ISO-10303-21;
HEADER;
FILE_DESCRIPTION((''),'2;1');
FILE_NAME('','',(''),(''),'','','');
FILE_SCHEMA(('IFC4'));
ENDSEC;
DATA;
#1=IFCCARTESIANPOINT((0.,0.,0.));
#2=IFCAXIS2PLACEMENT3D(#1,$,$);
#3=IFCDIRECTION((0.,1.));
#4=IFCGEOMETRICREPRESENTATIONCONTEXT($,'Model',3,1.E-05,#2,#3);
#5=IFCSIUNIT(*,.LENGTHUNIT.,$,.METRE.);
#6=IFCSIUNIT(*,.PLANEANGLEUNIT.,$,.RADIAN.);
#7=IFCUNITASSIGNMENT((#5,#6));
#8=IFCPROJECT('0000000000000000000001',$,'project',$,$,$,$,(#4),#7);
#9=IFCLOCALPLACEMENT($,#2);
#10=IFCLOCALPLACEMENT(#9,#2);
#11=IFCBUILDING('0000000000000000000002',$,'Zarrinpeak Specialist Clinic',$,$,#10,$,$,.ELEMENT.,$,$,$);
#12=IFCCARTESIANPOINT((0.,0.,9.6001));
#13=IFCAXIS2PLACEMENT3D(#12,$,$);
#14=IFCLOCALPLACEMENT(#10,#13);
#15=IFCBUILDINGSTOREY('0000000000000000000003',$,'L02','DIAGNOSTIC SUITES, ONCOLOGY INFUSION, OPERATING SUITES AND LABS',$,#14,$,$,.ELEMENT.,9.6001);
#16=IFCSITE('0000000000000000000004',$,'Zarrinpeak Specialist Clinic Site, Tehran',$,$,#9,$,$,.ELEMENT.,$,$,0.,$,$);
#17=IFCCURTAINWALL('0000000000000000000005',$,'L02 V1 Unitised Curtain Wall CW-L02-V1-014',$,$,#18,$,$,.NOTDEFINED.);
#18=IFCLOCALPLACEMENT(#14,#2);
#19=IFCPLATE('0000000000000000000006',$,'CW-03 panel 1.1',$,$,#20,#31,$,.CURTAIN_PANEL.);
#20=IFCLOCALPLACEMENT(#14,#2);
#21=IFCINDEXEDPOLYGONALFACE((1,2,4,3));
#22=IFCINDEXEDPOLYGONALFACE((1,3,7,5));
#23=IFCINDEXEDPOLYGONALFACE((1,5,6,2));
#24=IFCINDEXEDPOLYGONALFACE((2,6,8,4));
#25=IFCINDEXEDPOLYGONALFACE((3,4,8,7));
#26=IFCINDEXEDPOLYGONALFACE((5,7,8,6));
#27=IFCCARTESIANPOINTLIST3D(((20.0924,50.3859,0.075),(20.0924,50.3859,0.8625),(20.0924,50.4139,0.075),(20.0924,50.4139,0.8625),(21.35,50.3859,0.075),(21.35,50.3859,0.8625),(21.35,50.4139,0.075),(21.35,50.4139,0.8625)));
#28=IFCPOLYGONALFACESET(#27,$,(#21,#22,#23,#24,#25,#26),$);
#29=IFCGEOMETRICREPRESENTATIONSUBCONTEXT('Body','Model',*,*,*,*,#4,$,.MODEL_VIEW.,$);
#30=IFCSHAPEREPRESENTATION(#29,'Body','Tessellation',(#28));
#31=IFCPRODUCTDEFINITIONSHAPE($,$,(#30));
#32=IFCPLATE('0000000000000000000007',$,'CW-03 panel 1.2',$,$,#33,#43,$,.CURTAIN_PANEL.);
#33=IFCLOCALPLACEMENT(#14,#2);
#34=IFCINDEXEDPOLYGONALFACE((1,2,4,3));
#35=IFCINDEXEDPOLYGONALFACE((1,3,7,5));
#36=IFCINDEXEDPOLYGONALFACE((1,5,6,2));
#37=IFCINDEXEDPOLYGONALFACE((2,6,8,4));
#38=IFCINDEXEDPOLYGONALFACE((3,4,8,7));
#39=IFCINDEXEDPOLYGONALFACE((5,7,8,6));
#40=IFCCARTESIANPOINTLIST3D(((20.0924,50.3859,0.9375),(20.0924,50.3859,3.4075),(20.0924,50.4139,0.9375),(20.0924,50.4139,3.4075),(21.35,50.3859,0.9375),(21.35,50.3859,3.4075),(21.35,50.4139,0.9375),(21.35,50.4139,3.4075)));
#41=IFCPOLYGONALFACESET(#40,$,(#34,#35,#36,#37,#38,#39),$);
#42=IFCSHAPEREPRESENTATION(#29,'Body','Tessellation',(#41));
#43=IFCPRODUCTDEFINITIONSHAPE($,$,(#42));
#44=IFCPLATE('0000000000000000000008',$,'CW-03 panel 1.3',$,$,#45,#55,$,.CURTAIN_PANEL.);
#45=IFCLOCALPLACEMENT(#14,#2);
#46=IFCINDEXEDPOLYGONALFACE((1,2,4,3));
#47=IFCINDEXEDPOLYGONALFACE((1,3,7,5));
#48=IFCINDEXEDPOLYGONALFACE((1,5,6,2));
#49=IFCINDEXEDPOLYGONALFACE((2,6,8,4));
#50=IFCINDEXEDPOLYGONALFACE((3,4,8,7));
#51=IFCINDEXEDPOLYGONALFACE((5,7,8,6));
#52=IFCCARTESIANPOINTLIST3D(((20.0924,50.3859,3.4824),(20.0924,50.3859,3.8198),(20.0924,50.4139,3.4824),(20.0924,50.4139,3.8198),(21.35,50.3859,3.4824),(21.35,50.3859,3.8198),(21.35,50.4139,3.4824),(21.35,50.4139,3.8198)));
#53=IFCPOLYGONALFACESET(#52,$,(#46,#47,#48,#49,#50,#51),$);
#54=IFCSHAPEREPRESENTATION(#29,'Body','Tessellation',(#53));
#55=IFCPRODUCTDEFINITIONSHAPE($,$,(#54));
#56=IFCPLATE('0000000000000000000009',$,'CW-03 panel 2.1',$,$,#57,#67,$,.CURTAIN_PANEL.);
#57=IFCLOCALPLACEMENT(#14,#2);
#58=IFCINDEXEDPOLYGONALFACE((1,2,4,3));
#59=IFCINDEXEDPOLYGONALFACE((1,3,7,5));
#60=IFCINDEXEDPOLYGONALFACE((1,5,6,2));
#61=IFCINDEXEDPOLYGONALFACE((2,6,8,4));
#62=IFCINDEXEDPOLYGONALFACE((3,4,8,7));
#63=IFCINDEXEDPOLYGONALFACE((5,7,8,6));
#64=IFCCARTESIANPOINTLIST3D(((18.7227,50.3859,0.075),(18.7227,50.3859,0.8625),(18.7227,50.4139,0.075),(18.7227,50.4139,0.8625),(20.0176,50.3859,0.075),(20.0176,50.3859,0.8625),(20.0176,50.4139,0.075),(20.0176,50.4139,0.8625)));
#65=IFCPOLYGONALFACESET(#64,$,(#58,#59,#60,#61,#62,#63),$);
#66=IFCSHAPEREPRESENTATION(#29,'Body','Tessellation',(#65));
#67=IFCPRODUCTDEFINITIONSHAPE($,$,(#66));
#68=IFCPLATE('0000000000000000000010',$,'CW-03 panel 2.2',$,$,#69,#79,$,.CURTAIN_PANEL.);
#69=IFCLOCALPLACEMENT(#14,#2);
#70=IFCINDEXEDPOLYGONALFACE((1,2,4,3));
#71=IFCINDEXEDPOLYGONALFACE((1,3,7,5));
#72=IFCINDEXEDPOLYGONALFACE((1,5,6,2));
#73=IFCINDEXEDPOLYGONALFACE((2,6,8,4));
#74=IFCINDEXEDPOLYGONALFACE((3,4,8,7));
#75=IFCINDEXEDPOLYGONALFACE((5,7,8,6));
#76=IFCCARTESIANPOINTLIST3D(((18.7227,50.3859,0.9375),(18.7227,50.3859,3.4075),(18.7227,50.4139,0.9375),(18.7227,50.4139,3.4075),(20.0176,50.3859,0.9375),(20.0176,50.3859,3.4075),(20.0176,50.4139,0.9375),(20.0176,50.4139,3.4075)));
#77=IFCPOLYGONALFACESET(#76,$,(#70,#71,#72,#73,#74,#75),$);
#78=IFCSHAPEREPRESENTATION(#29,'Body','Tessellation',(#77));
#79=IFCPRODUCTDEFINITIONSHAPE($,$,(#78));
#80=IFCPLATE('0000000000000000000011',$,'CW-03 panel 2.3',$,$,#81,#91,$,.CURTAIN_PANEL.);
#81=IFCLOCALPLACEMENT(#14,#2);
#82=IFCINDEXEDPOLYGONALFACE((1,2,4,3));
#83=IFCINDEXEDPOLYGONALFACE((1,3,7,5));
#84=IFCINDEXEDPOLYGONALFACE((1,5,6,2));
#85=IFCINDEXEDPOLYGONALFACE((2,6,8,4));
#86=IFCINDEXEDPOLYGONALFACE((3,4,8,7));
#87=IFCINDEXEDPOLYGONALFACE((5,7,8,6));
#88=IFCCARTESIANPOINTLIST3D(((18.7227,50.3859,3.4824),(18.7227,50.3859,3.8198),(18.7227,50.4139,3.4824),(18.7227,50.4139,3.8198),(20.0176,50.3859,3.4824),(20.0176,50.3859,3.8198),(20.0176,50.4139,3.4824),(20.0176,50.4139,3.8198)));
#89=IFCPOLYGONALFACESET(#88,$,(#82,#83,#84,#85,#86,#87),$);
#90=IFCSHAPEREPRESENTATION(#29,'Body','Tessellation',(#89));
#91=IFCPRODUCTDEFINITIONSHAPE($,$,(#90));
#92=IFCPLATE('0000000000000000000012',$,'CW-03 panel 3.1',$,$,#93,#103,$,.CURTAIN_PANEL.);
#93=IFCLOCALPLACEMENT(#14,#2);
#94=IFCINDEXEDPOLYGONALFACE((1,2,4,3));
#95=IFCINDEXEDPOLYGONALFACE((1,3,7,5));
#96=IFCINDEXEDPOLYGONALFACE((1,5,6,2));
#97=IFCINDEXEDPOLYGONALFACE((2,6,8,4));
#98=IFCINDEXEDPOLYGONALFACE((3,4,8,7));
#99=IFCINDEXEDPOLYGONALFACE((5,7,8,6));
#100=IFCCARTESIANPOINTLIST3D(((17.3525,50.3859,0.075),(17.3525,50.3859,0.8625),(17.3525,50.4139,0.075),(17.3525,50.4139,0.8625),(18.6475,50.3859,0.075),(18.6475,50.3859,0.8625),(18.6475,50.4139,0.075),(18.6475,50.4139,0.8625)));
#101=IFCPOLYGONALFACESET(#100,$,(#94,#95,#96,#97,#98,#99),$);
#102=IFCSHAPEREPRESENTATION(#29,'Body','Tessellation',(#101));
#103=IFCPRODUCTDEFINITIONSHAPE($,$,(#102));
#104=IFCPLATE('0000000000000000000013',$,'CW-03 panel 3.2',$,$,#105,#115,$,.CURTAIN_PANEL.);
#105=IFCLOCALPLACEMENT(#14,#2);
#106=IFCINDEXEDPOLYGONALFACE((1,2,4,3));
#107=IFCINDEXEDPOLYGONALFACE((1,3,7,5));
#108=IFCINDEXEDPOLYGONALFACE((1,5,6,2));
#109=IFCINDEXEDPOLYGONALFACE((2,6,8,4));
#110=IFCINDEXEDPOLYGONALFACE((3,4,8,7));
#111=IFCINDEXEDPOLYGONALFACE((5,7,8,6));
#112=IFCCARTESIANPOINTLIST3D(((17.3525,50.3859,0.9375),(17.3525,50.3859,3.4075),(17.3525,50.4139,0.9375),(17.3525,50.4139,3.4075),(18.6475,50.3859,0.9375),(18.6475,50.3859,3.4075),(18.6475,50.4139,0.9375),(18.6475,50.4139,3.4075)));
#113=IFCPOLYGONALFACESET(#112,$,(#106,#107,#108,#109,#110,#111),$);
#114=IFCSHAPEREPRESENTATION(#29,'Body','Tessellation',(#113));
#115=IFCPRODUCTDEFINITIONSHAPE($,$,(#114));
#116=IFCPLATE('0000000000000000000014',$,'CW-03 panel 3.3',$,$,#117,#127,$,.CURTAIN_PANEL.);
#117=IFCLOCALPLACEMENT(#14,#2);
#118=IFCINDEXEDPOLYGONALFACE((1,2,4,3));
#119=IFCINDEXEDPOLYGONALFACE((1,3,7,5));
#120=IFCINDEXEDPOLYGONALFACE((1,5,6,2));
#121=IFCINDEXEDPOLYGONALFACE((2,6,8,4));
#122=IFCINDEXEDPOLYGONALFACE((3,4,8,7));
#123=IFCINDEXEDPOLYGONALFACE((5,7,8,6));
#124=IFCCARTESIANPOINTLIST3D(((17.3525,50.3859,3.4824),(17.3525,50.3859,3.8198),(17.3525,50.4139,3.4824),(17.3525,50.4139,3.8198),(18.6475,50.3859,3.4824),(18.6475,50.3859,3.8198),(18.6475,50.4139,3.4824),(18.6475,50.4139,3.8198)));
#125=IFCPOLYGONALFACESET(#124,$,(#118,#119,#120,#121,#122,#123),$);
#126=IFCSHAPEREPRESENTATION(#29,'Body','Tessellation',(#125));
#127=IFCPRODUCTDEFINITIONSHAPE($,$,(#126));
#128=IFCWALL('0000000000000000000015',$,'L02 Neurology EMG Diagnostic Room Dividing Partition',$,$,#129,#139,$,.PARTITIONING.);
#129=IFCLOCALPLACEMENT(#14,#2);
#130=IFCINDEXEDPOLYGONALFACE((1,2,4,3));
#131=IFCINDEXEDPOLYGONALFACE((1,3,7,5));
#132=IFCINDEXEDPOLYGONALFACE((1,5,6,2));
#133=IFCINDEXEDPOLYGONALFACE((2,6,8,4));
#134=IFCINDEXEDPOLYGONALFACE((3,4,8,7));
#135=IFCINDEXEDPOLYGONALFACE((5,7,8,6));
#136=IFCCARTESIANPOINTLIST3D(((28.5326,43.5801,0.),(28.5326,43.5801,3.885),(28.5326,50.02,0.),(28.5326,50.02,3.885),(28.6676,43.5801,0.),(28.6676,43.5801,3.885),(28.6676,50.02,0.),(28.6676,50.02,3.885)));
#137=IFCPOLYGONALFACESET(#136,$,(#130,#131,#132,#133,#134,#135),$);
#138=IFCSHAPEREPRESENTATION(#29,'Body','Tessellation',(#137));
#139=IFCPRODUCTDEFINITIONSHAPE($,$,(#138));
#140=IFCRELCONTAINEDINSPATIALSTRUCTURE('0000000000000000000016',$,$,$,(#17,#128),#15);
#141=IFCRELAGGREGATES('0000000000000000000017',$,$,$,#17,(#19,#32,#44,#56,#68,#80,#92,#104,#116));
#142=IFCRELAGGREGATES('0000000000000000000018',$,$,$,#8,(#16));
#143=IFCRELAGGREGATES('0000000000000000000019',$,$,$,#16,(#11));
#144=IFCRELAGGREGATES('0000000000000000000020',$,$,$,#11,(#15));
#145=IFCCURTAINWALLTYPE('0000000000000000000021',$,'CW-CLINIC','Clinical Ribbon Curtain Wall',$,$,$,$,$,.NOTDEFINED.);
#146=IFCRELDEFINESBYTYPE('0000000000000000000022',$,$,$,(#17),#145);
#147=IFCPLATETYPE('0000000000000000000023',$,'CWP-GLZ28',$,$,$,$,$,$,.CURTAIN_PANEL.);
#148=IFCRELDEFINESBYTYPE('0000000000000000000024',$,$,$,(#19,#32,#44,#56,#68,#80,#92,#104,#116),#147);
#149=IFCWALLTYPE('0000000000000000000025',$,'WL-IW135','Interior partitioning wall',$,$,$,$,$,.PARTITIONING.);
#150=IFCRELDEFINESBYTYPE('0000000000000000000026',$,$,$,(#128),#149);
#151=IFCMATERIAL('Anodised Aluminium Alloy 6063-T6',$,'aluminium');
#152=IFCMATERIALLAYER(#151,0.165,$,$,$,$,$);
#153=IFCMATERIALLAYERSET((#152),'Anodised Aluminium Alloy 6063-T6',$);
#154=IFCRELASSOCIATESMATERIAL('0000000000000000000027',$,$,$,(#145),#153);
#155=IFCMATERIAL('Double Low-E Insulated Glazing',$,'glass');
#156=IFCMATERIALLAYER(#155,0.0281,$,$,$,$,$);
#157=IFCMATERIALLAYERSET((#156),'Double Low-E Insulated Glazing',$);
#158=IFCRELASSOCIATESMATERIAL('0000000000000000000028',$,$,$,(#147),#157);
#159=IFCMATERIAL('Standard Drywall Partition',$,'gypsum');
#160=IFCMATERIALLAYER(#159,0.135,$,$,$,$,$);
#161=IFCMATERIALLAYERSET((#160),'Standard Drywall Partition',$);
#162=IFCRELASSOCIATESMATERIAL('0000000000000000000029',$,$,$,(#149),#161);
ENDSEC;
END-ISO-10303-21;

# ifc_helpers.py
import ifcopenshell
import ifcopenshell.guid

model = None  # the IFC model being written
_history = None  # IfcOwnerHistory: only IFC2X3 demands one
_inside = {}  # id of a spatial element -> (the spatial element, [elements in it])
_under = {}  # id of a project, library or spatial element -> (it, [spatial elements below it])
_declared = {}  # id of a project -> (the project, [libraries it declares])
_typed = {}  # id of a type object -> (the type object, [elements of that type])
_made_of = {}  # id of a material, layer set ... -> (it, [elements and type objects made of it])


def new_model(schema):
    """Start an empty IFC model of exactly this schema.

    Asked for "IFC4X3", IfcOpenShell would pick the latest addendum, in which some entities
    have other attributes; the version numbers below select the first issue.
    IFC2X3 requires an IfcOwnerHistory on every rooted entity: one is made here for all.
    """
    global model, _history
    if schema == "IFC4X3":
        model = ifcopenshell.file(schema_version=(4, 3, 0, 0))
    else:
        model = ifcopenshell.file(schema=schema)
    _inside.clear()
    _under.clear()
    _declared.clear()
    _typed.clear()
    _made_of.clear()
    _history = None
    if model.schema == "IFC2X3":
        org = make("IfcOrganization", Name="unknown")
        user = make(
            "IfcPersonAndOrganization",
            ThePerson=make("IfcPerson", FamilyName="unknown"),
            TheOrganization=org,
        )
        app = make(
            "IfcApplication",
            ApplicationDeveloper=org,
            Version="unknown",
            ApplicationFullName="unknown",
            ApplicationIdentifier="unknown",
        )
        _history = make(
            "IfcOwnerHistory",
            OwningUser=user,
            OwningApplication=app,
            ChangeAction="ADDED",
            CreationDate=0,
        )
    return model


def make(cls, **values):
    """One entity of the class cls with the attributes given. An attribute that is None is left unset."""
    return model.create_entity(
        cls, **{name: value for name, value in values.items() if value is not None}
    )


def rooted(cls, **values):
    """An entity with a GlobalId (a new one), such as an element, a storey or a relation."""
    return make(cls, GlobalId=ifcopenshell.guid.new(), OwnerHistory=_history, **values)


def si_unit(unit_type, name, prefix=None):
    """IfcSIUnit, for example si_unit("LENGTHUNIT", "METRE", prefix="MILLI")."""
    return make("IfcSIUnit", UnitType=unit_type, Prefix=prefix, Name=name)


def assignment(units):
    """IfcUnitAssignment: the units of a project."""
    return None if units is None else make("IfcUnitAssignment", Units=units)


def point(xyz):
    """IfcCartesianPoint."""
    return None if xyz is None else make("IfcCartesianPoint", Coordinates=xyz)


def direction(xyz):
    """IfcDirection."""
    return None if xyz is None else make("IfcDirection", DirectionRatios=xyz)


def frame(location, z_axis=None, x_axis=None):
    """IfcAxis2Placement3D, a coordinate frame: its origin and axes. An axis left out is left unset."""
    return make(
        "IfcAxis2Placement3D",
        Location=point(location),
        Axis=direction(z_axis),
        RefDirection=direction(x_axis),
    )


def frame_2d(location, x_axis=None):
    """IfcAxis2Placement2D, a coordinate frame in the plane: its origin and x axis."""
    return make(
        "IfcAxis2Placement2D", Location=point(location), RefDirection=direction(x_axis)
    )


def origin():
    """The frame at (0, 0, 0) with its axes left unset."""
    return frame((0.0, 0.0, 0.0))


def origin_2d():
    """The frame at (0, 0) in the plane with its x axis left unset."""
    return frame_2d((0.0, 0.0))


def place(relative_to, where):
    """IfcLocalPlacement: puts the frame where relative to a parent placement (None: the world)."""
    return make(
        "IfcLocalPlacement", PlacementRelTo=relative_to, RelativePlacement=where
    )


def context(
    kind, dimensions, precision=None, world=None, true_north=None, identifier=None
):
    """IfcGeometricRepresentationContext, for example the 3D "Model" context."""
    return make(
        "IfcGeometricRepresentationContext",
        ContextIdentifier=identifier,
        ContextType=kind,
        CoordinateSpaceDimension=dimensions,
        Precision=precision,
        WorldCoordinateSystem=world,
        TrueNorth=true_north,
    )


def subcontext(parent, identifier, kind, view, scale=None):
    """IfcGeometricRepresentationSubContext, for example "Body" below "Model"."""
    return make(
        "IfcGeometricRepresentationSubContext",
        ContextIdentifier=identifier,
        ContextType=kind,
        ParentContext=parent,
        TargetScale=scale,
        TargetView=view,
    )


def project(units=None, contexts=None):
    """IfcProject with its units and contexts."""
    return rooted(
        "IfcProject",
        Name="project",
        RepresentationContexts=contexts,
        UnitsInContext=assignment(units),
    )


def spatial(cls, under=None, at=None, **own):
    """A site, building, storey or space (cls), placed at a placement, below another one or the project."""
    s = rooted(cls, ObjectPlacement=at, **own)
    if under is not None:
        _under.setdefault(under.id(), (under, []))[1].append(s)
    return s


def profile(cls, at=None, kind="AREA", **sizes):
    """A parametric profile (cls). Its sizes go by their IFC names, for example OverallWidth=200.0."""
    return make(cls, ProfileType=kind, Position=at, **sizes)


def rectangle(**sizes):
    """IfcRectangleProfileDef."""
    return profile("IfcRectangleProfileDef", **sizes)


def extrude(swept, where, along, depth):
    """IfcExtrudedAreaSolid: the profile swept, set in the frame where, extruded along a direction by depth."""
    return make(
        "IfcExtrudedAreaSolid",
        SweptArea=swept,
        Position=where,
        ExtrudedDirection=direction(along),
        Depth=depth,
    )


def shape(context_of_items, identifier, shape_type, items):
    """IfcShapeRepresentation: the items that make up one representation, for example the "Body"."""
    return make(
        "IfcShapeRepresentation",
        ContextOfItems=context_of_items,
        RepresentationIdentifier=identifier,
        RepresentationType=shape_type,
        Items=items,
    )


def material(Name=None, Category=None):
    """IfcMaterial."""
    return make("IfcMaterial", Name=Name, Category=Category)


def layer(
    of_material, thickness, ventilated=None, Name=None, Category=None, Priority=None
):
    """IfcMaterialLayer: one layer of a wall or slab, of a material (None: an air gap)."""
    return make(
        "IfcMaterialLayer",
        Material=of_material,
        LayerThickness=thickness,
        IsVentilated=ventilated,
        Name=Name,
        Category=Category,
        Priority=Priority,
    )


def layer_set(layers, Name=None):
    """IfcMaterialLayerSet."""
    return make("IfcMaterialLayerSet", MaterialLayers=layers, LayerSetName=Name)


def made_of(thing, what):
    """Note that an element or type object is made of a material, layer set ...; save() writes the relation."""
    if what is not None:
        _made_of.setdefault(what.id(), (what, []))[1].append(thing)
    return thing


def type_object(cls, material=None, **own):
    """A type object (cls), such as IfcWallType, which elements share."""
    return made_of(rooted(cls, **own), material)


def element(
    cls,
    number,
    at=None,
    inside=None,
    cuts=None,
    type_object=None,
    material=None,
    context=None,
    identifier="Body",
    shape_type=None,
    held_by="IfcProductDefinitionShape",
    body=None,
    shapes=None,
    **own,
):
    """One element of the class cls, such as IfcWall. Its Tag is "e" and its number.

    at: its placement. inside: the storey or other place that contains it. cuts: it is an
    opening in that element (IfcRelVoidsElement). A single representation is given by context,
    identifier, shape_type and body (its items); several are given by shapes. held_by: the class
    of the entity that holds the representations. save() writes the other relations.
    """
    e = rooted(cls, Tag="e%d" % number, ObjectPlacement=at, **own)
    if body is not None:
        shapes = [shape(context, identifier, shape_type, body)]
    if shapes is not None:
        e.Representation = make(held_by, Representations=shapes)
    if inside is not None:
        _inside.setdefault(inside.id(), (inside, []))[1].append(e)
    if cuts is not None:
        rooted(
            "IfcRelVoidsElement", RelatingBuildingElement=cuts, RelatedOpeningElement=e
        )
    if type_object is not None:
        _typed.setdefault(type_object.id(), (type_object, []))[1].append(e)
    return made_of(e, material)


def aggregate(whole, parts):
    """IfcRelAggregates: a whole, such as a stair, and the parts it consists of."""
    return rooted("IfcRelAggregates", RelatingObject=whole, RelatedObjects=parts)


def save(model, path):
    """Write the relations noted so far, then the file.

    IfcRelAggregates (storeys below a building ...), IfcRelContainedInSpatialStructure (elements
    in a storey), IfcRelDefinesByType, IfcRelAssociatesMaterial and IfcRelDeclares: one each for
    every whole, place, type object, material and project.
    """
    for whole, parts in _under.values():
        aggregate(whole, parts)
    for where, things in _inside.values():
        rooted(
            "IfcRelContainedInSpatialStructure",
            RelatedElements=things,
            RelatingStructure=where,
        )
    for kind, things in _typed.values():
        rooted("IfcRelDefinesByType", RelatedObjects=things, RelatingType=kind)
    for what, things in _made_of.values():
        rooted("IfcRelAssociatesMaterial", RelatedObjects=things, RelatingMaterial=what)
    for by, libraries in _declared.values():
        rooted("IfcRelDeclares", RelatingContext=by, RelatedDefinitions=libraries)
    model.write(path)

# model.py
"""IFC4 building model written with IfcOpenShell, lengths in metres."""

from ifc_helpers import new_model, si_unit, direction, frame, frame_2d, origin, origin_2d, place, context, subcontext, project, spatial, rectangle, extrude, material, layer, layer_set, type_object, element, aggregate, save


model = new_model("IFC4")

# Units and contexts
model_context = context("Model", 3, precision=1e-05, world=origin(), true_north=direction((0.0, 1.0)))
body_context = subcontext(model_context, "Body", "Model", "MODEL_VIEW")
ifc_project = project(units=[si_unit("LENGTHUNIT", "METRE"), si_unit("PLANEANGLEUNIT", "RADIAN")], contexts=[model_context])

# Site, building, storey
site_placement = place(None, origin())
site = spatial("IfcSite", under=ifc_project, at=site_placement, Name="Zarrinpeak Specialist Clinic Site, Tehran", CompositionType="ELEMENT", RefElevation=0.0)
building_placement = place(site_placement, origin())
building = spatial("IfcBuilding", under=site, at=building_placement, Name="Zarrinpeak Specialist Clinic", CompositionType="ELEMENT")
storey_placement = place(building_placement, frame((0.0, 0.0, 9.6001)))
storey = spatial("IfcBuildingStorey", under=building, at=storey_placement, Name="L02", Description="DIAGNOSTIC SUITES, ONCOLOGY INFUSION, OPERATING SUITES AND LABS", CompositionType="ELEMENT", Elevation=9.6001)

# Curtain wall, plates
ifc_material_1 = material(Name="Anodised Aluminium Alloy 6063-T6", Category="aluminium")
ifc_layer_1 = layer(ifc_material_1, 0.165)
ifc_layer_set_1 = layer_set([ifc_layer_1], Name="Anodised Aluminium Alloy 6063-T6")
curtain_wall_type = type_object("IfcCurtainWallType", Name="CW-CLINIC", Description="Clinical Ribbon Curtain Wall", PredefinedType="NOTDEFINED", material=ifc_layer_set_1)
curtain_wall_placement = place(storey_placement, origin())
curtain_wall = element("IfcCurtainWall", 1, at=curtain_wall_placement, inside=storey, type_object=curtain_wall_type, Name="L02 V1 Unitised Curtain Wall CW-L02-V1-014", PredefinedType="NOTDEFINED")
ifc_material_2 = material(Name="Double Low-E Insulated Glazing", Category="glass")
ifc_layer_2 = layer(ifc_material_2, 0.0281)
ifc_layer_set_2 = layer_set([ifc_layer_2], Name="Double Low-E Insulated Glazing")
plate_type = type_object("IfcPlateType", Name="CWP-GLZ28", PredefinedType="CURTAIN_PANEL", material=ifc_layer_set_2)
plate_1_placement = place(storey_placement, frame((20.7212, 50.3999, 0.075), z_axis=(0.0, 0.0, 1.0), x_axis=(-1.0, 0.0, 0.0)))
plate_1 = element("IfcPlate", 2, at=plate_1_placement, type_object=plate_type, Name="CW-03 panel 1.1", PredefinedType="CURTAIN_PANEL", context=body_context, shape_type="SweptSolid", body=[
    extrude(rectangle(XDim=1.2576, YDim=0.0281, at=origin_2d()), origin(), (0.0, 0.0, 1.0), 0.7876),
])
plate_2_placement = place(storey_placement, frame((20.7212, 50.3999, 0.9375), z_axis=(0.0, 0.0, 1.0), x_axis=(-1.0, 0.0, 0.0)))
plate_2 = element("IfcPlate", 3, at=plate_2_placement, type_object=plate_type, Name="CW-03 panel 1.2", PredefinedType="CURTAIN_PANEL", context=body_context, shape_type="SweptSolid", body=[
    extrude(rectangle(XDim=1.2576, YDim=0.0281, at=origin_2d()), origin(), (0.0, 0.0, 1.0), 2.47),
])
plate_3_placement = place(storey_placement, frame((20.7212, 50.3999, 3.4824), z_axis=(0.0, 0.0, 1.0), x_axis=(-1.0, 0.0, 0.0)))
plate_3 = element("IfcPlate", 4, at=plate_3_placement, type_object=plate_type, Name="CW-03 panel 1.3", PredefinedType="CURTAIN_PANEL", context=body_context, shape_type="SweptSolid", body=[
    extrude(rectangle(XDim=1.2576, YDim=0.0281, at=origin_2d()), origin(), (0.0, 0.0, 1.0), 0.3374),
])
plate_4_placement = place(storey_placement, frame((19.3701, 50.3999, 0.075), z_axis=(0.0, 0.0, 1.0), x_axis=(-1.0, 0.0, 0.0)))
plate_4 = element("IfcPlate", 5, at=plate_4_placement, type_object=plate_type, Name="CW-03 panel 2.1", PredefinedType="CURTAIN_PANEL", context=body_context, shape_type="SweptSolid", body=[
    extrude(rectangle(XDim=1.2949, YDim=0.0281, at=origin_2d()), origin(), (0.0, 0.0, 1.0), 0.7876),
])
plate_5_placement = place(storey_placement, frame((19.3701, 50.3999, 0.9375), z_axis=(0.0, 0.0, 1.0), x_axis=(-1.0, 0.0, 0.0)))
plate_5 = element("IfcPlate", 6, at=plate_5_placement, type_object=plate_type, Name="CW-03 panel 2.2", PredefinedType="CURTAIN_PANEL", context=body_context, shape_type="SweptSolid", body=[
    extrude(rectangle(XDim=1.2949, YDim=0.0281, at=origin_2d()), origin(), (0.0, 0.0, 1.0), 2.47),
])
plate_6_placement = place(storey_placement, frame((19.3701, 50.3999, 3.4824), z_axis=(0.0, 0.0, 1.0), x_axis=(-1.0, 0.0, 0.0)))
plate_6 = element("IfcPlate", 7, at=plate_6_placement, type_object=plate_type, Name="CW-03 panel 2.3", PredefinedType="CURTAIN_PANEL", context=body_context, shape_type="SweptSolid", body=[
    extrude(rectangle(XDim=1.2949, YDim=0.0281, at=origin_2d()), origin(), (0.0, 0.0, 1.0), 0.3374),
])
plate_7_placement = place(storey_placement, frame((18.0, 50.3999, 0.075), z_axis=(0.0, 0.0, 1.0), x_axis=(-1.0, 0.0, 0.0)))
plate_7 = element("IfcPlate", 8, at=plate_7_placement, type_object=plate_type, Name="CW-03 panel 3.1", PredefinedType="CURTAIN_PANEL", context=body_context, shape_type="SweptSolid", body=[
    extrude(rectangle(XDim=1.2949, YDim=0.0281, at=origin_2d()), origin(), (0.0, 0.0, 1.0), 0.7876),
])
plate_8_placement = place(storey_placement, frame((18.0, 50.3999, 0.9375), z_axis=(0.0, 0.0, 1.0), x_axis=(-1.0, 0.0, 0.0)))
plate_8 = element("IfcPlate", 9, at=plate_8_placement, type_object=plate_type, Name="CW-03 panel 3.2", PredefinedType="CURTAIN_PANEL", context=body_context, shape_type="SweptSolid", body=[
    extrude(rectangle(XDim=1.2949, YDim=0.0281, at=origin_2d()), origin(), (0.0, 0.0, 1.0), 2.47),
])
plate_9_placement = place(storey_placement, frame((18.0, 50.3999, 3.4824), z_axis=(0.0, 0.0, 1.0), x_axis=(-1.0, 0.0, 0.0)))
plate_9 = element("IfcPlate", 10, at=plate_9_placement, type_object=plate_type, Name="CW-03 panel 3.3", PredefinedType="CURTAIN_PANEL", context=body_context, shape_type="SweptSolid", body=[
    extrude(rectangle(XDim=1.2949, YDim=0.0281, at=origin_2d()), origin(), (0.0, 0.0, 1.0), 0.3374),
])
aggregate(curtain_wall, [plate_1, plate_2, plate_3, plate_4, plate_5, plate_6, plate_7, plate_8, plate_9])

# Wall
ifc_material_3 = material(Name="Standard Drywall Partition", Category="gypsum")
ifc_layer_3 = layer(ifc_material_3, 0.135)
ifc_layer_set_3 = layer_set([ifc_layer_3], Name="Standard Drywall Partition")
wall_type = type_object("IfcWallType", Name="WL-IW135", Description="Interior partitioning wall", PredefinedType="PARTITIONING", material=ifc_layer_set_3)
wall_placement = place(storey_placement, frame((28.6001, 43.5801, 0.0), z_axis=(0.0, 0.0, 1.0), x_axis=(0.0, 1.0, 0.0)))
element("IfcWall", 11, at=wall_placement, inside=storey, type_object=wall_type, Name="L02 Neurology EMG Diagnostic Room Dividing Partition", PredefinedType="PARTITIONING", context=body_context, shape_type="SweptSolid", body=[
    extrude(rectangle(XDim=6.4399, YDim=0.135, at=frame_2d((3.22, 0.0))), origin(), (0.0, 0.0, 1.0), 3.885),
])

save(model, "model.ifc")
